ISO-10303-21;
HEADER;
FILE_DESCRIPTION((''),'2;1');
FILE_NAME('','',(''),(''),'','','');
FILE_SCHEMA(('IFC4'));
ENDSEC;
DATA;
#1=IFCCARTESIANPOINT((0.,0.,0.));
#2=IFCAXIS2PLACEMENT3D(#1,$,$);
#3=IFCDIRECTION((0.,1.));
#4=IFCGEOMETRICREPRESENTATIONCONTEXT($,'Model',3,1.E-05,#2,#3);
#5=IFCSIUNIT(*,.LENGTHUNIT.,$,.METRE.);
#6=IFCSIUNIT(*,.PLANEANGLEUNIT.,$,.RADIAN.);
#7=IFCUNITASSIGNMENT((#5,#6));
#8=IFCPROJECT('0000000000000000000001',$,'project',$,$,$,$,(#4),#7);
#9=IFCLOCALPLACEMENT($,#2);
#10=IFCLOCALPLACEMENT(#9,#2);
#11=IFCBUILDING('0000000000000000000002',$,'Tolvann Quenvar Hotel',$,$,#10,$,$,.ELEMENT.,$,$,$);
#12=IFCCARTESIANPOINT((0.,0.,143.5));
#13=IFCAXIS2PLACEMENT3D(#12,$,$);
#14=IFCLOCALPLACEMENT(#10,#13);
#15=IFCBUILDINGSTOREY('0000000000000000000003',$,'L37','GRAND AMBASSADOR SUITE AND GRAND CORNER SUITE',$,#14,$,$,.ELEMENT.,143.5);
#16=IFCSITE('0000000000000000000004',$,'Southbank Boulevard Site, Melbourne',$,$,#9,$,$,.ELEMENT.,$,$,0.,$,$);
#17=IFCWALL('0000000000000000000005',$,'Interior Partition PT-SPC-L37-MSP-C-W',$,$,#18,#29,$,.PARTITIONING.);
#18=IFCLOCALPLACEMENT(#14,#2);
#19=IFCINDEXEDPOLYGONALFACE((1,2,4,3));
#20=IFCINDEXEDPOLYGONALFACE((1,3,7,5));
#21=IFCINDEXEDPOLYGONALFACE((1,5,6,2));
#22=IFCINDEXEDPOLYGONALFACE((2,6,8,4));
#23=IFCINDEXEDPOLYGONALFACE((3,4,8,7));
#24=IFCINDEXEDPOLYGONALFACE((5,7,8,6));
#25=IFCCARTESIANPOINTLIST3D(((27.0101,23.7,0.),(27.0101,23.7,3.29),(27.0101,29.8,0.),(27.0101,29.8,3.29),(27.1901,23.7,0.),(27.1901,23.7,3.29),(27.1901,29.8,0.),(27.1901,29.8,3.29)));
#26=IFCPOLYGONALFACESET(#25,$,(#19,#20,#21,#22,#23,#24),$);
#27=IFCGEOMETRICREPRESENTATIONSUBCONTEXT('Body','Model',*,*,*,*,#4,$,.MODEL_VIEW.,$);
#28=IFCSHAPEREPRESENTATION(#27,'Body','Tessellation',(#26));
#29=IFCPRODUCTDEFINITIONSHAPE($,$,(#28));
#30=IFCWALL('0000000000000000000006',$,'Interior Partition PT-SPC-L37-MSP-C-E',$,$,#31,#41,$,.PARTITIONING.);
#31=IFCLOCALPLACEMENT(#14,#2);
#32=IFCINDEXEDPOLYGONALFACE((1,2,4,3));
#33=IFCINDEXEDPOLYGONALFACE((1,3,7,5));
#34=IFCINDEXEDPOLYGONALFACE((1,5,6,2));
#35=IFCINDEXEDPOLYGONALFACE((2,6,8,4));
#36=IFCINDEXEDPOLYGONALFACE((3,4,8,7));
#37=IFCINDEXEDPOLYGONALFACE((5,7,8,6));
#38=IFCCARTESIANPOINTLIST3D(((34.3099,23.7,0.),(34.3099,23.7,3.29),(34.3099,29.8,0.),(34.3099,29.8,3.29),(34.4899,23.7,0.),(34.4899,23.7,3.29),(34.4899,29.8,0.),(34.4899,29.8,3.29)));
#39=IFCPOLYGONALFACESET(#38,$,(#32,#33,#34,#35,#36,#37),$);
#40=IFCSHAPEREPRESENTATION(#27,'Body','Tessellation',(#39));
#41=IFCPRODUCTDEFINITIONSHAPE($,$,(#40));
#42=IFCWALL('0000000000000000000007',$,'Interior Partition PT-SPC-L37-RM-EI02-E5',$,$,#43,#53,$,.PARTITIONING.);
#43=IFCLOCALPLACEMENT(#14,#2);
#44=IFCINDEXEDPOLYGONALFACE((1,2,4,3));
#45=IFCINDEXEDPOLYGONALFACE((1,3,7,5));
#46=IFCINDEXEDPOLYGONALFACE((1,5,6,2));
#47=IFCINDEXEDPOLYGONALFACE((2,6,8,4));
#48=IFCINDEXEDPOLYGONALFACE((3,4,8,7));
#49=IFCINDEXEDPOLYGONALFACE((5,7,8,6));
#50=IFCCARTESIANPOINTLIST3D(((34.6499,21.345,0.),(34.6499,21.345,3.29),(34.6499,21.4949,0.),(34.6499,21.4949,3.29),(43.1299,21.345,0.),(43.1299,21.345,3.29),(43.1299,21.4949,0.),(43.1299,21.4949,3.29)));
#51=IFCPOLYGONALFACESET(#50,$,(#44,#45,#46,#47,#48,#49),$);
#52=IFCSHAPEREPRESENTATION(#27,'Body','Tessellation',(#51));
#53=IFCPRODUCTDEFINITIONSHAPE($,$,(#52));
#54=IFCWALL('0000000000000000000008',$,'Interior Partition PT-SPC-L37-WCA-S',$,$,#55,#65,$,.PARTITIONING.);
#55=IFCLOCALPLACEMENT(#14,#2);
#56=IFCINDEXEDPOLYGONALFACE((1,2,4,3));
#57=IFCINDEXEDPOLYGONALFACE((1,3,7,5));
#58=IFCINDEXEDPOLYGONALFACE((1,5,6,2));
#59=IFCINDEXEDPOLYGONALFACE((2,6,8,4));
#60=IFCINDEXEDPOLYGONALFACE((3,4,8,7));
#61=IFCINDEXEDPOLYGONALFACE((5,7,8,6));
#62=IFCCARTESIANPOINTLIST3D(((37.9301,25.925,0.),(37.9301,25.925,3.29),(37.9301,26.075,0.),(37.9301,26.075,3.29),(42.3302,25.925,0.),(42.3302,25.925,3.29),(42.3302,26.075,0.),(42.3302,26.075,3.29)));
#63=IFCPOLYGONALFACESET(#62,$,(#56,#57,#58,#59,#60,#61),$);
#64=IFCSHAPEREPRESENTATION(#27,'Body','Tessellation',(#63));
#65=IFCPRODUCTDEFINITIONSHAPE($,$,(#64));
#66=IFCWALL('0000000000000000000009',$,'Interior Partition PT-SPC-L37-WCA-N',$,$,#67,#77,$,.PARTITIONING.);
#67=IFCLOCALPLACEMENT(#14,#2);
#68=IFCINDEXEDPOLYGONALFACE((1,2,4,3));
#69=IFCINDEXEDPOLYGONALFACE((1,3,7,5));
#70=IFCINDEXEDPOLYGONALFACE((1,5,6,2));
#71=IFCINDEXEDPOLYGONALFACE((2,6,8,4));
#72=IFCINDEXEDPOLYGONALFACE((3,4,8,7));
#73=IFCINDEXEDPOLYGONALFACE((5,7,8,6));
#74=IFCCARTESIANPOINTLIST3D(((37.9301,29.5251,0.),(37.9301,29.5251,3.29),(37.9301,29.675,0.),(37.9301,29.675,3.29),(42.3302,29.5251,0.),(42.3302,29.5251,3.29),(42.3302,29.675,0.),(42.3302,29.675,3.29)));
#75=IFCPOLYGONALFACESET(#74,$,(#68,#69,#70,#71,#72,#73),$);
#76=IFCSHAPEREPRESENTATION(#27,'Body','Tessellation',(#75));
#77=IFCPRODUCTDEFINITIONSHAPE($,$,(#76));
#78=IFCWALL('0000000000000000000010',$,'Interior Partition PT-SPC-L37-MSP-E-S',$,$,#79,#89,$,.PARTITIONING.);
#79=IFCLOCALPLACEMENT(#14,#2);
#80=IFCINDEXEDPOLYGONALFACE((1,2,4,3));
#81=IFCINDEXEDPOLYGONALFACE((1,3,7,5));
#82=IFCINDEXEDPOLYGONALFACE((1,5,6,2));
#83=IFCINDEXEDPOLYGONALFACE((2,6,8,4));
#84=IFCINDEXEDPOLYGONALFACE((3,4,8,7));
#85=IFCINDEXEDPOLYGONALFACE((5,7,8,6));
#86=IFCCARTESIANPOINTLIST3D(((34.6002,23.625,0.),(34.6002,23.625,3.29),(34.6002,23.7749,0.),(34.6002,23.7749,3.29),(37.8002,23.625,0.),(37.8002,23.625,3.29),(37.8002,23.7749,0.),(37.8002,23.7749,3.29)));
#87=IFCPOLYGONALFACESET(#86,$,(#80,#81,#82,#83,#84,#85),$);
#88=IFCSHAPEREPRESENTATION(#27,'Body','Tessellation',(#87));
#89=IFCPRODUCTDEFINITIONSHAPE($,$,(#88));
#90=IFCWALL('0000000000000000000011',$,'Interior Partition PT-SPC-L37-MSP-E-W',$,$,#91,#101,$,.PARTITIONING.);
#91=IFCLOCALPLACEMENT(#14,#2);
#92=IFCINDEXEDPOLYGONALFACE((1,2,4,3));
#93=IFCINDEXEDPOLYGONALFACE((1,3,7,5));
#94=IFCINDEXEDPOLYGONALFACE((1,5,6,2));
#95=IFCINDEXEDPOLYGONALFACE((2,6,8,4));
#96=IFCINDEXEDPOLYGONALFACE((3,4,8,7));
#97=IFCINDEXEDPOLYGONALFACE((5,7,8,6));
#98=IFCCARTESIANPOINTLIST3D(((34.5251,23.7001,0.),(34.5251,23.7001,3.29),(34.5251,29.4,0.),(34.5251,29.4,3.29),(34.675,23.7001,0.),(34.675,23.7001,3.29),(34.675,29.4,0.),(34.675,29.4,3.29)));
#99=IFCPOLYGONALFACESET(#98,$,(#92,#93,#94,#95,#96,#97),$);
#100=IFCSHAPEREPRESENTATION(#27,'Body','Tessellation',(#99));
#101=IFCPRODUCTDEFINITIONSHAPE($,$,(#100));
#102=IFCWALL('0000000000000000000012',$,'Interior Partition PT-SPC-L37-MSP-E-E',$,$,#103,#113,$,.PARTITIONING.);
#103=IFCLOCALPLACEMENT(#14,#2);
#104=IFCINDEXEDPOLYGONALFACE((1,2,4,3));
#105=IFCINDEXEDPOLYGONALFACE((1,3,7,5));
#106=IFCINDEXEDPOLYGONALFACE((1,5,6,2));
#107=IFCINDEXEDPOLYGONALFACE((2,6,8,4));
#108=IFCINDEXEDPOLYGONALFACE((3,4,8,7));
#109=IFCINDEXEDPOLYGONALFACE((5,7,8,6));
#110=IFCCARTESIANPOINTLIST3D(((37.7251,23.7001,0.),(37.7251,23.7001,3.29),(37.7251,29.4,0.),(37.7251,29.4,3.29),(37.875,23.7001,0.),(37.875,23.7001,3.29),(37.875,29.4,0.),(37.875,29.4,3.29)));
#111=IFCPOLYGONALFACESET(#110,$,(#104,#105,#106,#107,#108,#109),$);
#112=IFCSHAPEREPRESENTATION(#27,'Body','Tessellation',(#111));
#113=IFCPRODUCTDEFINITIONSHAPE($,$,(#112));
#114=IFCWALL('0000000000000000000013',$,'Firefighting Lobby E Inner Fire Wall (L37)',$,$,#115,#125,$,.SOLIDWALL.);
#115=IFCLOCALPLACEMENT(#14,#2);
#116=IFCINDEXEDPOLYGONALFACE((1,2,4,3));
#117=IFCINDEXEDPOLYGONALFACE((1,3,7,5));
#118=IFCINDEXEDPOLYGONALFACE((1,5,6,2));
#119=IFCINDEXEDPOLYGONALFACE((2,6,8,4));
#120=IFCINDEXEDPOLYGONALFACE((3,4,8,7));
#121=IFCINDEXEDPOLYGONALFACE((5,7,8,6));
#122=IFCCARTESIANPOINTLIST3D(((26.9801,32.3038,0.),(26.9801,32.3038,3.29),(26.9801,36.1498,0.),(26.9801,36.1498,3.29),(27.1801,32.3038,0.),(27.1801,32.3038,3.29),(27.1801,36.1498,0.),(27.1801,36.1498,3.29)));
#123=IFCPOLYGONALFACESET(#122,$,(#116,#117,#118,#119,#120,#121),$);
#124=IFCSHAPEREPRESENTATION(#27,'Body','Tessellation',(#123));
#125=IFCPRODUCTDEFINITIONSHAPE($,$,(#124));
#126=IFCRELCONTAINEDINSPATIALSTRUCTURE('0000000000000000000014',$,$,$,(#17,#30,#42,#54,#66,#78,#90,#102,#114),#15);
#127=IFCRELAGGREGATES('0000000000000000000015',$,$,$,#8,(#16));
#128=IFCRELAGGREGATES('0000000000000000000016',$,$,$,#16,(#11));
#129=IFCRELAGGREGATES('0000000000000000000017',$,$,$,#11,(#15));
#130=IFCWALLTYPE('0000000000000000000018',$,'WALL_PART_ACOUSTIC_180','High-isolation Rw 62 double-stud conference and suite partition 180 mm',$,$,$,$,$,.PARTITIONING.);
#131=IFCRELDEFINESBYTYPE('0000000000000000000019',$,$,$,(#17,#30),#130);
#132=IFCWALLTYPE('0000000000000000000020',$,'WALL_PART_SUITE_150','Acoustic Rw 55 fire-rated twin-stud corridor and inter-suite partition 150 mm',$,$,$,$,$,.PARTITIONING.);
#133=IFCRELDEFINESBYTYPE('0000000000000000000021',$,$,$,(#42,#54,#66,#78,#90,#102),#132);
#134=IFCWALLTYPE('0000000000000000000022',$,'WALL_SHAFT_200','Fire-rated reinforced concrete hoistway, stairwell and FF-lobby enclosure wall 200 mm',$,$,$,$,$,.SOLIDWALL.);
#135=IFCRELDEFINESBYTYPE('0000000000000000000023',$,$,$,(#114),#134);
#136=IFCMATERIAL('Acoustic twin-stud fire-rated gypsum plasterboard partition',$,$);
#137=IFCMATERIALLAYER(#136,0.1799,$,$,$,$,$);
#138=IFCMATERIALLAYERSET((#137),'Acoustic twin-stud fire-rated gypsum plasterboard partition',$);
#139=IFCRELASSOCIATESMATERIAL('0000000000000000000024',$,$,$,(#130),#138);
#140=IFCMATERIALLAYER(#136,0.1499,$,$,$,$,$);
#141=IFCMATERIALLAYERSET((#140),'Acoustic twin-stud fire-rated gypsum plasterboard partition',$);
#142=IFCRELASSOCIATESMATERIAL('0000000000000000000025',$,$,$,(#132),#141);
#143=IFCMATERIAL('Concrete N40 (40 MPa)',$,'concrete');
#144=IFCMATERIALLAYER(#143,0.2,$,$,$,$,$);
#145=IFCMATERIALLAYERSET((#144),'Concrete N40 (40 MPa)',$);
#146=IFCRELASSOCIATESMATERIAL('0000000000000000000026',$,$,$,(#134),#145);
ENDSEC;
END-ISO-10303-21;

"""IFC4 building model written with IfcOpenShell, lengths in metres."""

from ifc_helpers import new_model, si_unit, direction, frame, frame_2d, origin, place, context, subcontext, project, spatial, rectangle, extrude, material, layer, layer_set, type_object, element, save


model = new_model("IFC4")

# Units and contexts
model_context = context("Model", 3, precision=1e-05, world=origin(), true_north=direction((0.0, 1.0)))
body_context = subcontext(model_context, "Body", "Model", "MODEL_VIEW")
ifc_project = project(units=[si_unit("LENGTHUNIT", "METRE"), si_unit("PLANEANGLEUNIT", "RADIAN")], contexts=[model_context])

# Site, building, storey
site_placement = place(None, origin())
site = spatial("IfcSite", under=ifc_project, at=site_placement, Name="Southbank Boulevard Site, Melbourne", CompositionType="ELEMENT", RefElevation=0.0)
building_placement = place(site_placement, origin())
building = spatial("IfcBuilding", under=site, at=building_placement, Name="Tolvann Quenvar Hotel", CompositionType="ELEMENT")
storey_placement = place(building_placement, frame((0.0, 0.0, 143.5)))
storey = spatial("IfcBuildingStorey", under=building, at=storey_placement, Name="L37", Description="GRAND AMBASSADOR SUITE AND GRAND CORNER SUITE", CompositionType="ELEMENT", Elevation=143.5)

# Shared definitions
ifc_material_1 = material(Name="Acoustic twin-stud fire-rated gypsum plasterboard partition")
ifc_layer_1 = layer(ifc_material_1, 0.1799)
ifc_layer_set_1 = layer_set([ifc_layer_1], Name="Acoustic twin-stud fire-rated gypsum plasterboard partition")
wall_type_1 = type_object("IfcWallType", Name="WALL_PART_ACOUSTIC_180", Description="High-isolation Rw 62 double-stud conference and suite partition 180 mm", PredefinedType="PARTITIONING", material=ifc_layer_set_1)

# Walls
for number, where, z_axis, x_axis, name in (
    (1, (27.1001, 23.7, 0.0), (0.0, 0.0, 1.0), (0.0, 1.0, 0.0), "Interior Partition PT-SPC-L37-MSP-C-W"),
    (2, (34.3999, 23.7, 0.0), (0.0, 0.0, 1.0), (0.0, 1.0, 0.0), "Interior Partition PT-SPC-L37-MSP-C-E"),
):
    element("IfcWall", number, at=place(storey_placement, frame(where, z_axis=z_axis, x_axis=x_axis)), inside=storey, type_object=wall_type_1, Name=name, PredefinedType="PARTITIONING", context=body_context, shape_type="SweptSolid", body=[
        extrude(rectangle(XDim=6.1001, YDim=0.1799, at=frame_2d((3.05, 0.0))), origin(), (0.0, 0.0, 1.0), 3.29),
    ])
ifc_layer_2 = layer(ifc_material_1, 0.1499)
ifc_layer_set_2 = layer_set([ifc_layer_2], Name="Acoustic twin-stud fire-rated gypsum plasterboard partition")
wall_type_2 = type_object("IfcWallType", Name="WALL_PART_SUITE_150", Description="Acoustic Rw 55 fire-rated twin-stud corridor and inter-suite partition 150 mm", PredefinedType="PARTITIONING", material=ifc_layer_set_2)
wall_1_placement = place(storey_placement, frame((34.6499, 21.4199, 0.0), z_axis=(0.0, 0.0, 1.0), x_axis=(1.0, 0.0, 0.0)))
element("IfcWall", 3, at=wall_1_placement, inside=storey, type_object=wall_type_2, Name="Interior Partition PT-SPC-L37-RM-EI02-E5", PredefinedType="PARTITIONING", context=body_context, shape_type="SweptSolid", body=[
    extrude(rectangle(XDim=8.48, YDim=0.1499, at=frame_2d((4.24, 0.0))), origin(), (0.0, 0.0, 1.0), 3.29),
])
for number, where, z_axis, x_axis, name in (
    (4, (37.9299, 26.0, 0.0), (0.0, 0.0, 1.0), (1.0, 0.0, 0.0), "Interior Partition PT-SPC-L37-WCA-S"),
    (5, (37.9299, 29.6001, 0.0), (0.0, 0.0, 1.0), (1.0, 0.0, 0.0), "Interior Partition PT-SPC-L37-WCA-N"),
):
    element("IfcWall", number, at=place(storey_placement, frame(where, z_axis=z_axis, x_axis=x_axis)), inside=storey, type_object=wall_type_2, Name=name, PredefinedType="PARTITIONING", context=body_context, shape_type="SweptSolid", body=[
        extrude(rectangle(XDim=4.4001, YDim=0.1499, at=frame_2d((2.2002, 0.0))), origin(), (0.0, 0.0, 1.0), 3.29),
    ])
wall_2_placement = place(storey_placement, frame((34.6001, 23.7, 0.0), z_axis=(0.0, 0.0, 1.0), x_axis=(1.0, 0.0, 0.0)))
element("IfcWall", 6, at=wall_2_placement, inside=storey, type_object=wall_type_2, Name="Interior Partition PT-SPC-L37-MSP-E-S", PredefinedType="PARTITIONING", context=body_context, shape_type="SweptSolid", body=[
    extrude(rectangle(XDim=3.2, YDim=0.1499, at=frame_2d((1.6001, 0.0))), origin(), (0.0, 0.0, 1.0), 3.29),
])

# Walls
for number, where, z_axis, x_axis, name in (
    (7, (34.6001, 23.7, 0.0), (0.0, 0.0, 1.0), (0.0, 1.0, 0.0), "Interior Partition PT-SPC-L37-MSP-E-W"),
    (8, (37.8, 23.7, 0.0), (0.0, 0.0, 1.0), (0.0, 1.0, 0.0), "Interior Partition PT-SPC-L37-MSP-E-E"),
):
    element("IfcWall", number, at=place(storey_placement, frame(where, z_axis=z_axis, x_axis=x_axis)), inside=storey, type_object=wall_type_2, Name=name, PredefinedType="PARTITIONING", context=body_context, shape_type="SweptSolid", body=[
        extrude(rectangle(XDim=5.7, YDim=0.1499, at=frame_2d((2.8501, 0.0))), origin(), (0.0, 0.0, 1.0), 3.29),
    ])
ifc_material_2 = material(Name="Concrete N40 (40 MPa)", Category="concrete")
ifc_layer_3 = layer(ifc_material_2, 0.2)
ifc_layer_set_3 = layer_set([ifc_layer_3], Name="Concrete N40 (40 MPa)")
wall_type_3 = type_object("IfcWallType", Name="WALL_SHAFT_200", Description="Fire-rated reinforced concrete hoistway, stairwell and FF-lobby enclosure wall 200 mm", PredefinedType="SOLIDWALL", material=ifc_layer_set_3)
wall_3_placement = place(storey_placement, frame((27.0801, 32.304, 0.0), z_axis=(0.0, 0.0, 1.0), x_axis=(0.0, 1.0, 0.0)))
element("IfcWall", 9, at=wall_3_placement, inside=storey, type_object=wall_type_3, Name="Firefighting Lobby E Inner Fire Wall (L37)", PredefinedType="SOLIDWALL", context=body_context, shape_type="SweptSolid", body=[
    extrude(rectangle(XDim=3.8459, YDim=0.2, at=frame_2d((1.9229, 0.0))), origin(), (0.0, 0.0, 1.0), 3.29),
])

save(model, "model.ifc")
